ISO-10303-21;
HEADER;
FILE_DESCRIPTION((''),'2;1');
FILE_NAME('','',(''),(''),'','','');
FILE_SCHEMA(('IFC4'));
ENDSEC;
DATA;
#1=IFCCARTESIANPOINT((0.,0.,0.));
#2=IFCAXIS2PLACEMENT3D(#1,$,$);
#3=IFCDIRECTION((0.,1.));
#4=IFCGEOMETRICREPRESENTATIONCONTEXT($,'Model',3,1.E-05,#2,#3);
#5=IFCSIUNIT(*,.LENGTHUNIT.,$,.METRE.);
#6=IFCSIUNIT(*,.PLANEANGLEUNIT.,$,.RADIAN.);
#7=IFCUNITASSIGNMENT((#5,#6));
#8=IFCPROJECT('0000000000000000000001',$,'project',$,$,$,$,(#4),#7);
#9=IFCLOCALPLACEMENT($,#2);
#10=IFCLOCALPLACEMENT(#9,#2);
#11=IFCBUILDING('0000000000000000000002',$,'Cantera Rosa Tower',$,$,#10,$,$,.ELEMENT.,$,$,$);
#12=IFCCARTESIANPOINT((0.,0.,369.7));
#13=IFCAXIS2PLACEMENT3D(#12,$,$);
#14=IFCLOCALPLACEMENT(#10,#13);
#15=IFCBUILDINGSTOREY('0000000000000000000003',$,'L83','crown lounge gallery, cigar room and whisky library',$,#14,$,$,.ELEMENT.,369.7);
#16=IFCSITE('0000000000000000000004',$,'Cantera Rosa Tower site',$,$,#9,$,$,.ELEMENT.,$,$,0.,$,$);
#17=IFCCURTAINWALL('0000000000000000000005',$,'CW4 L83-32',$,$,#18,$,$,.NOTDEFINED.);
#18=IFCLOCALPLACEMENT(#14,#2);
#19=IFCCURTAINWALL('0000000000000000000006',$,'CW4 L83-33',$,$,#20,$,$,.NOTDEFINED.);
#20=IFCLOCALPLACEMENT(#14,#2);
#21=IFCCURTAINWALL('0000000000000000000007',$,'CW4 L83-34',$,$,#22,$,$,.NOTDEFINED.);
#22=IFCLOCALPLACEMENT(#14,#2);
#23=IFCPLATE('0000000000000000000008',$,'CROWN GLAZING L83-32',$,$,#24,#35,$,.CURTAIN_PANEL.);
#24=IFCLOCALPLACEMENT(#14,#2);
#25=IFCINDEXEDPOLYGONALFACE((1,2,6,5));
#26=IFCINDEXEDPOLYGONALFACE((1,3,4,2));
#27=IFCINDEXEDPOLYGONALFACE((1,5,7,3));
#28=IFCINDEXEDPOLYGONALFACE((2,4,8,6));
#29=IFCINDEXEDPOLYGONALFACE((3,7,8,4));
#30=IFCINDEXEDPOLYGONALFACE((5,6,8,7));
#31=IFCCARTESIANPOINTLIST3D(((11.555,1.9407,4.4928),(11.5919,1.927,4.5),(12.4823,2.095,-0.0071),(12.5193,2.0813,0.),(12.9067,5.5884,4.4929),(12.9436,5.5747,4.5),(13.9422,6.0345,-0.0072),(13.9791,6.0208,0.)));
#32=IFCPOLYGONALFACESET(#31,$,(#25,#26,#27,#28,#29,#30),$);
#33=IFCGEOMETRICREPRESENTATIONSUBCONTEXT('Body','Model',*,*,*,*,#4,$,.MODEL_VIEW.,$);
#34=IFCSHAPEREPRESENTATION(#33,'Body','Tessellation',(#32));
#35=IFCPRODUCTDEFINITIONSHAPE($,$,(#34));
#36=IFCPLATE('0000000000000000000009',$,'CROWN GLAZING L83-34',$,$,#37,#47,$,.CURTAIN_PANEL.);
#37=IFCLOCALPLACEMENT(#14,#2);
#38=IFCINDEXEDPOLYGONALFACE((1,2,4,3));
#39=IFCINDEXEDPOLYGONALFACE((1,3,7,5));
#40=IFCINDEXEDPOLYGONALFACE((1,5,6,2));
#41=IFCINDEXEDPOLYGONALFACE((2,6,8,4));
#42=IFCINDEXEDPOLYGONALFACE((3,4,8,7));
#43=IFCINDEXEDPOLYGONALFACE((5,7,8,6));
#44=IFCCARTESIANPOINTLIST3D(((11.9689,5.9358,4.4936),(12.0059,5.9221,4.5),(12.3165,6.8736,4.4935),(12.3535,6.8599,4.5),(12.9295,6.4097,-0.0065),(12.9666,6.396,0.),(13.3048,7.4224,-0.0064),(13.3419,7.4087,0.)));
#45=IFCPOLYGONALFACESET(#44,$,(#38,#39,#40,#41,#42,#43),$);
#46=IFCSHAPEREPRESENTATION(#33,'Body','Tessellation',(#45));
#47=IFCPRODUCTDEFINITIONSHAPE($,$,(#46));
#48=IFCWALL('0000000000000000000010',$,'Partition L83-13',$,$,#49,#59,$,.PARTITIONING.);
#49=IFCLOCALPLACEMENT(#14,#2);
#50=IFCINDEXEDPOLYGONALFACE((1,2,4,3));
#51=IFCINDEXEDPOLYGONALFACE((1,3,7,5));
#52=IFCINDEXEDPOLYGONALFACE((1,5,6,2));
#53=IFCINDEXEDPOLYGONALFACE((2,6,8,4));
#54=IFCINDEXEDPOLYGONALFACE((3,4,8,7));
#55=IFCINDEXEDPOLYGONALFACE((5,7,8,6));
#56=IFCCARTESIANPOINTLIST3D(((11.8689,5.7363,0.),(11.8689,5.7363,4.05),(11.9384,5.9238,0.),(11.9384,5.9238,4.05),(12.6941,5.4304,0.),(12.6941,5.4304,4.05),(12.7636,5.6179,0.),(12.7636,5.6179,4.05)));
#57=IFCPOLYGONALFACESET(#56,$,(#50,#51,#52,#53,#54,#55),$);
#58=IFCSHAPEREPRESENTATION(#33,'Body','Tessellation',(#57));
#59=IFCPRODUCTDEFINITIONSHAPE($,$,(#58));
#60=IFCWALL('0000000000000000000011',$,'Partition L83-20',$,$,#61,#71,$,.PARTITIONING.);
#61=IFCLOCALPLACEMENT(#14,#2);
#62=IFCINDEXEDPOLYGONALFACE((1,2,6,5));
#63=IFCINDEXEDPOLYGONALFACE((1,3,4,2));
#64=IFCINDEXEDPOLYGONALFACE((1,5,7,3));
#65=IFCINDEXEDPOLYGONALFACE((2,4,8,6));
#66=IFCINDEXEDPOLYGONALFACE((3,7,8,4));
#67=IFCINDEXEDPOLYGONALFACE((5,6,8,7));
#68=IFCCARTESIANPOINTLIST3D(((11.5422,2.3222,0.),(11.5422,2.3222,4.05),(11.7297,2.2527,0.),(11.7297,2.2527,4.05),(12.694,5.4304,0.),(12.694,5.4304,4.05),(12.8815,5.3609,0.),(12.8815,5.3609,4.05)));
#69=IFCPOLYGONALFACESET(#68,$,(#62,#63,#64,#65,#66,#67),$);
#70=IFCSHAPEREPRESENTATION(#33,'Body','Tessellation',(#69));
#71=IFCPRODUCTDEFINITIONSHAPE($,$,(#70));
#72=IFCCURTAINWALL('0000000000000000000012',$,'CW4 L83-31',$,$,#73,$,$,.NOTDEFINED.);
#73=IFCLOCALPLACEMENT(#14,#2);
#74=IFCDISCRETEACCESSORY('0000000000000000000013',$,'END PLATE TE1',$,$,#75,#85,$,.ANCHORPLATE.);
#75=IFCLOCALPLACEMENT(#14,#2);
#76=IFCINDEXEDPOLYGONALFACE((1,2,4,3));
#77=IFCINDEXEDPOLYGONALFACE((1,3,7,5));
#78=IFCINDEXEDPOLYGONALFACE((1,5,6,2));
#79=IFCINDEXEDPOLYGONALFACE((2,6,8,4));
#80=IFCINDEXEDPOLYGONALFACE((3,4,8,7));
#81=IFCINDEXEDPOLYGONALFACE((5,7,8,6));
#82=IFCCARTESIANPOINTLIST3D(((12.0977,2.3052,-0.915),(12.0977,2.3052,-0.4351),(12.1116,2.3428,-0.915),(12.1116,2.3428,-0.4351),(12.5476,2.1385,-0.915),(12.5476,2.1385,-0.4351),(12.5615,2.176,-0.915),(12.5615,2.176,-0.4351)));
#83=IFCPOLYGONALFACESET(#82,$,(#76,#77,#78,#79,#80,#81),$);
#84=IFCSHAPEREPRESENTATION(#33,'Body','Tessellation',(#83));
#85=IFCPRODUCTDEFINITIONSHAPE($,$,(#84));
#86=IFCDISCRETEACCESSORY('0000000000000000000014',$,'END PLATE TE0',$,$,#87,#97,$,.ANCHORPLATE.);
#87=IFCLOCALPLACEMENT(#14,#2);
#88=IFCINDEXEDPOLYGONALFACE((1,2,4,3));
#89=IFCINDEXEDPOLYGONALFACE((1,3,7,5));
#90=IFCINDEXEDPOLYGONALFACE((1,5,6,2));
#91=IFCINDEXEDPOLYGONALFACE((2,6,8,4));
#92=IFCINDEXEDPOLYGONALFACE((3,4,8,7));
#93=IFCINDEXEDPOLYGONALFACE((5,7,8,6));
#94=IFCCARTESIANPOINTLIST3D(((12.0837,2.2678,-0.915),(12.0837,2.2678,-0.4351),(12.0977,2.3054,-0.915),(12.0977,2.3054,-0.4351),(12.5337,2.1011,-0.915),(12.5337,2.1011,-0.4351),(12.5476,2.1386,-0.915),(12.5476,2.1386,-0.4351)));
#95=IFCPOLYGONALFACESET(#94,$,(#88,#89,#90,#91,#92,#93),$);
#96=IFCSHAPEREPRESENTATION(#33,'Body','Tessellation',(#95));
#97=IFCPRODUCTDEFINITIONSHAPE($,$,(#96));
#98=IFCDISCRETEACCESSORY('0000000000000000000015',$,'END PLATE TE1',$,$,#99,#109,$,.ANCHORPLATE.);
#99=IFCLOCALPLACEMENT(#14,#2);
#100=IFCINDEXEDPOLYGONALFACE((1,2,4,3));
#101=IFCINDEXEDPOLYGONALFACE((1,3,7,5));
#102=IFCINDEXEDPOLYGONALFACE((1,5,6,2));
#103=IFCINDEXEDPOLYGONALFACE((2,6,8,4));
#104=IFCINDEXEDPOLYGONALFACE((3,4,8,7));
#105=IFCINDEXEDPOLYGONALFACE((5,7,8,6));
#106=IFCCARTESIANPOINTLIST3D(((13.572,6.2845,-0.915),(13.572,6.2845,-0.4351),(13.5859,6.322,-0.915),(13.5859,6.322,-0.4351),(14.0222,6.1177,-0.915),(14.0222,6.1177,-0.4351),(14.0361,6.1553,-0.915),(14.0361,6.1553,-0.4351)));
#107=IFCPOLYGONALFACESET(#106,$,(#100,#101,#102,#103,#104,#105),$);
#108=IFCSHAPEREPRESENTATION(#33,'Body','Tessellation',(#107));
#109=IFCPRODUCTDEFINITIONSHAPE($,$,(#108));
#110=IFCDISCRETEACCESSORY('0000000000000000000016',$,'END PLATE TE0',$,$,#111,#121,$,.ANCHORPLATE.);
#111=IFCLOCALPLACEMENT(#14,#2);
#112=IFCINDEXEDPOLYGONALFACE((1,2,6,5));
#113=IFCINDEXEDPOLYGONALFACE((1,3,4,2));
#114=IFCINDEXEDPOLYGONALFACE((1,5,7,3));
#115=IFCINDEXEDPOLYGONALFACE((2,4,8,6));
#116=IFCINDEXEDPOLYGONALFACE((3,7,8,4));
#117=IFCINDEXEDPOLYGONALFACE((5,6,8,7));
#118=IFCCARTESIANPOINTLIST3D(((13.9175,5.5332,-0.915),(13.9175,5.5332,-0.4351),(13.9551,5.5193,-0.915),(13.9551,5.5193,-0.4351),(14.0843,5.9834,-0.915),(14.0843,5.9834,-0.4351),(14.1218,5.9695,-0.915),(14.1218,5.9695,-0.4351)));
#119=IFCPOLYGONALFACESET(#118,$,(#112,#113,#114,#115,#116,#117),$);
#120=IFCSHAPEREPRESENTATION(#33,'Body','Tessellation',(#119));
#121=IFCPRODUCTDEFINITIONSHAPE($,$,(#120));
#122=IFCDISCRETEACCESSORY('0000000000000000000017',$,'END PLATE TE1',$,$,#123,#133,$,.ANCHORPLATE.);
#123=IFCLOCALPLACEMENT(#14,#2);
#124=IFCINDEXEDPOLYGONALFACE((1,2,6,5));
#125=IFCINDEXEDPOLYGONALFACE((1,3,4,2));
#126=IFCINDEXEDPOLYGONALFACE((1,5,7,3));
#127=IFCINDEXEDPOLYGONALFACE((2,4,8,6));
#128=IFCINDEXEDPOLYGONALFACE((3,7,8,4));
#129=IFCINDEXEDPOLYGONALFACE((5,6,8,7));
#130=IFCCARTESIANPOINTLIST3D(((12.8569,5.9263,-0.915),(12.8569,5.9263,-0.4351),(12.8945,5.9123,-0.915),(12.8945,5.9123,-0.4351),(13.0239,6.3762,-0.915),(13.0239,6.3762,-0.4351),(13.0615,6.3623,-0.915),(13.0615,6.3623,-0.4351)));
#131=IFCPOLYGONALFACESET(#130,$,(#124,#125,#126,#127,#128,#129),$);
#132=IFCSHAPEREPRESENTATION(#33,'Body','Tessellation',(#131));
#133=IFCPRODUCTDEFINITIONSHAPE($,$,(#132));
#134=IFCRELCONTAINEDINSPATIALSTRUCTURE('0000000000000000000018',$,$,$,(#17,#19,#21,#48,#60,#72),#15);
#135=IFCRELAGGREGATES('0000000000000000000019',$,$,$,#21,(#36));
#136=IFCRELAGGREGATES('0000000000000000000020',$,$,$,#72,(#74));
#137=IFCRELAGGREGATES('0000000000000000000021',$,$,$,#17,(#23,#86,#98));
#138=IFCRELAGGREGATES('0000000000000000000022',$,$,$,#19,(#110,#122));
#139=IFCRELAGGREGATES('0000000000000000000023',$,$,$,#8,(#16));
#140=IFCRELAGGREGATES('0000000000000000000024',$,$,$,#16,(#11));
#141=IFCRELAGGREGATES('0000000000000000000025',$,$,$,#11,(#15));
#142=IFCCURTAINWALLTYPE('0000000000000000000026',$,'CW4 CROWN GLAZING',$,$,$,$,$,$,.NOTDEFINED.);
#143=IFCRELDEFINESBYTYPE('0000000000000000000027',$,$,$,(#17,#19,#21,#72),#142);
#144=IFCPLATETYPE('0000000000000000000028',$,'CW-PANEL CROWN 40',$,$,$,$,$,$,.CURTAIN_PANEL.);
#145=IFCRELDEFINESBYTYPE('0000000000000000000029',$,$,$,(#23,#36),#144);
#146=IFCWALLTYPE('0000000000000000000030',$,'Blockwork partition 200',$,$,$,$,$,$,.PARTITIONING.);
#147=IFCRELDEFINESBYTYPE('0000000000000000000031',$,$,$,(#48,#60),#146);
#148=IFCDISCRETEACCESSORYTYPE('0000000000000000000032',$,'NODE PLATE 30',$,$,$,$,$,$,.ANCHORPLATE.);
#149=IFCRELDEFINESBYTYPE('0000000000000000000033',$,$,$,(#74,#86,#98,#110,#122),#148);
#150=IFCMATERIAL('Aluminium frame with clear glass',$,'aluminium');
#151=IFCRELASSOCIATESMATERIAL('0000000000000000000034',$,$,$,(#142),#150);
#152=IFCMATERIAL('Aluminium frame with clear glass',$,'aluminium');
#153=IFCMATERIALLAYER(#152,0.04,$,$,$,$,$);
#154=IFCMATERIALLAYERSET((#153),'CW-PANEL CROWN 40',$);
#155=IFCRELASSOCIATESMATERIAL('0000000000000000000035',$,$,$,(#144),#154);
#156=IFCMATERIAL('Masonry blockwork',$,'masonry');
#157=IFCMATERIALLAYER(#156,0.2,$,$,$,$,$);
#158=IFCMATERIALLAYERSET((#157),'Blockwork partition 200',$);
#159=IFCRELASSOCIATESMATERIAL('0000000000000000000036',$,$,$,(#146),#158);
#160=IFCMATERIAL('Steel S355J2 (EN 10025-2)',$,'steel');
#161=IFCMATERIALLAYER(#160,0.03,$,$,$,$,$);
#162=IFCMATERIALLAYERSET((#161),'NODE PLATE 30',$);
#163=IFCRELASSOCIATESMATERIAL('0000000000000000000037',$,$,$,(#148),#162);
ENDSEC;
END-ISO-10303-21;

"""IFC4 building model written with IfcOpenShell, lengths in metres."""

from ifc_helpers import new_model, si_unit, direction, frame, frame_2d, origin, place, context, subcontext, project, spatial, polyline, rectangle, outline, extrude, material, layer, layer_set, type_object, element, aggregate, save


model = new_model("IFC4")

# Units and contexts
model_context = context("Model", 3, precision=1e-05, world=origin(), true_north=direction((0.0, 1.0)))
body_context = subcontext(model_context, "Body", "Model", "MODEL_VIEW")
ifc_project = project(units=[si_unit("LENGTHUNIT", "METRE"), si_unit("PLANEANGLEUNIT", "RADIAN")], contexts=[model_context])

# Site, building, storey
site_placement = place(None, origin())
site = spatial("IfcSite", under=ifc_project, at=site_placement, Name="Cantera Rosa Tower site", CompositionType="ELEMENT", RefElevation=0.0)
building_placement = place(site_placement, origin())
building = spatial("IfcBuilding", under=site, at=building_placement, Name="Cantera Rosa Tower", CompositionType="ELEMENT")
storey_placement = place(building_placement, frame((0.0, 0.0, 369.7)))
storey = spatial("IfcBuildingStorey", under=building, at=storey_placement, Name="L83", Description="crown lounge gallery, cigar room and whisky library", CompositionType="ELEMENT", Elevation=369.7)

# Curtain walls
ifc_material_1 = material(Name="Aluminium frame with clear glass", Category="aluminium")
curtain_wall_type = type_object("IfcCurtainWallType", Name="CW4 CROWN GLAZING", PredefinedType="NOTDEFINED", material=ifc_material_1)
curtain_wall_1_placement = place(storey_placement, origin())
curtain_wall_1 = element("IfcCurtainWall", 1, at=curtain_wall_1_placement, inside=storey, type_object=curtain_wall_type, Name="CW4 L83-32", PredefinedType="NOTDEFINED")
curtain_wall_2_placement = place(storey_placement, origin())
curtain_wall_2 = element("IfcCurtainWall", 2, at=curtain_wall_2_placement, inside=storey, type_object=curtain_wall_type, Name="CW4 L83-33", PredefinedType="NOTDEFINED")
curtain_wall_3_placement = place(storey_placement, origin())
curtain_wall_3 = element("IfcCurtainWall", 3, at=curtain_wall_3_placement, inside=storey, type_object=curtain_wall_type, Name="CW4 L83-34", PredefinedType="NOTDEFINED")

# Plates
ifc_material_2 = material(Name="Aluminium frame with clear glass", Category="aluminium")
ifc_layer_1 = layer(ifc_material_2, 0.04)
ifc_layer_set_1 = layer_set([ifc_layer_1], Name="CW-PANEL CROWN 40")
plate_type = type_object("IfcPlateType", Name="CW-PANEL CROWN 40", PredefinedType="CURTAIN_PANEL", material=ifc_layer_set_1)
plate_1_placement = place(storey_placement, frame((12.5193, 2.0813, 0.0), z_axis=(0.922644, -0.341898, 0.178421), x_axis=(0.347475, 0.937689, -0.000006)))
plate_1 = element("IfcPlate", 4, at=plate_1_placement, type_object=plate_type, Name="CROWN GLAZING L83-32", PredefinedType="CURTAIN_PANEL", context=body_context, shape_type="SweptSolid", body=[
    extrude(outline(polyline([(0.0, 0.0), (4.2013, 0.0), (3.4231, 4.5734), (-0.4669, 4.5734), (0.0, 0.0)])), origin(), (0.0, 0.0, -1.0), 0.04),
])
plate_2_placement = place(storey_placement, frame((12.9666, 6.396, 0.0), z_axis=(0.925372, -0.342975, 0.161418), x_axis=(0.34753, 0.937669, 0.000013)))
plate_2 = element("IfcPlate", 5, at=plate_2_placement, type_object=plate_type, Name="CROWN GLAZING L83-34", PredefinedType="CURTAIN_PANEL", context=body_context, shape_type="SweptSolid", body=[
    extrude(outline(polyline([(0.0, 0.0), (1.08, 0.0), (0.222, 4.5598), (-0.7781, 4.5598), (0.0, 0.0)])), origin(), (0.0, 0.0, -1.0), 0.04),
])
aggregate(curtain_wall_3, [plate_2])

# Walls
ifc_material_3 = material(Name="Masonry blockwork", Category="masonry")
ifc_layer_2 = layer(ifc_material_3, 0.2)
ifc_layer_set_2 = layer_set([ifc_layer_2], Name="Blockwork partition 200")
wall_type = type_object("IfcWallType", Name="Blockwork partition 200", PredefinedType="PARTITIONING", material=ifc_layer_set_2)
wall_1_placement = place(storey_placement, frame((12.7288, 5.5242, 0.0), z_axis=(0.0, 0.0, 1.0), x_axis=(-0.937645, 0.347594, 0.0)))
element("IfcWall", 6, at=wall_1_placement, inside=storey, type_object=wall_type, Name="Partition L83-13", PredefinedType="PARTITIONING", context=body_context, shape_type="SweptSolid", body=[
    extrude(rectangle(XDim=0.8801, YDim=0.2, at=frame_2d((0.4399, 0.0))), origin(), (0.0, 0.0, 1.0), 4.05),
])
wall_2_placement = place(storey_placement, frame((11.636, 2.2876, 0.0), z_axis=(0.0, 0.0, 1.0), x_axis=(0.347497, 0.937681, 0.0)))
element("IfcWall", 7, at=wall_2_placement, inside=storey, type_object=wall_type, Name="Partition L83-20", PredefinedType="PARTITIONING", context=body_context, shape_type="SweptSolid", body=[
    extrude(rectangle(XDim=3.3147, YDim=0.2, at=frame_2d((1.6572, 0.0))), origin(), (0.0, 0.0, 1.0), 4.05),
])

# Curtain wall, discrete accessory
curtain_wall_4_placement = place(storey_placement, origin())
curtain_wall_4 = element("IfcCurtainWall", 8, at=curtain_wall_4_placement, inside=storey, type_object=curtain_wall_type, Name="CW4 L83-31", PredefinedType="NOTDEFINED")
ifc_material_4 = material(Name="Steel S355J2 (EN 10025-2)", Category="steel")
ifc_layer_3 = layer(ifc_material_4, 0.03)
ifc_layer_set_3 = layer_set([ifc_layer_3], Name="NODE PLATE 30")
discrete_accessory_type = type_object("IfcDiscreteAccessoryType", Name="NODE PLATE 30", PredefinedType="ANCHORPLATE", material=ifc_layer_set_3)
discrete_accessory_1_placement = place(storey_placement, frame((12.1116, 2.3428, -0.4351), z_axis=(0.347497, 0.937681, 0.0), x_axis=(0.937681, -0.347497, 0.0)))
discrete_accessory_1 = element("IfcDiscreteAccessory", 9, at=discrete_accessory_1_placement, type_object=discrete_accessory_type, Name="END PLATE TE1", PredefinedType="ANCHORPLATE", context=body_context, shape_type="SweptSolid", body=[
    extrude(outline(polyline([(0.0, 0.0), (0.4799, 0.0), (0.4799, 0.48), (0.0, 0.48), (0.0, 0.0)])), origin(), (0.0, 0.0, -1.0), 0.04),
])
aggregate(curtain_wall_4, [discrete_accessory_1])

# Discrete accessories
discrete_accessory_2_placement = place(storey_placement, frame((12.5337, 2.1011, -0.4351), z_axis=(-0.347497, -0.937681, 0.0), x_axis=(-0.937681, 0.347497, 0.0)))
discrete_accessory_2 = element("IfcDiscreteAccessory", 10, at=discrete_accessory_2_placement, type_object=discrete_accessory_type, Name="END PLATE TE0", PredefinedType="ANCHORPLATE", context=body_context, shape_type="SweptSolid", body=[
    extrude(outline(polyline([(0.0, 0.0), (0.4799, 0.0), (0.4799, 0.48), (0.0, 0.48), (0.0, 0.0)])), origin(), (0.0, 0.0, -1.0), 0.04),
])
discrete_accessory_3_placement = place(storey_placement, frame((13.5859, 6.322, -0.4351), z_axis=(0.347331, 0.937743, 0.0), x_axis=(0.937743, -0.347331, 0.0)))
discrete_accessory_3 = element("IfcDiscreteAccessory", 11, at=discrete_accessory_3_placement, type_object=discrete_accessory_type, Name="END PLATE TE1", PredefinedType="ANCHORPLATE", context=body_context, shape_type="SweptSolid", body=[
    extrude(outline(polyline([(0.0, 0.0), (0.4801, 0.0), (0.4801, 0.48), (0.0, 0.48), (0.0, 0.0)])), origin(), (0.0, 0.0, -1.0), 0.04),
])
aggregate(curtain_wall_1, [plate_1, discrete_accessory_2, discrete_accessory_3])
discrete_accessory_4_placement = place(storey_placement, frame((14.1218, 5.9695, -0.4351), z_axis=(0.937743, -0.347331, 0.0), x_axis=(-0.347331, -0.937743, 0.0)))
discrete_accessory_4 = element("IfcDiscreteAccessory", 12, at=discrete_accessory_4_placement, type_object=discrete_accessory_type, Name="END PLATE TE0", PredefinedType="ANCHORPLATE", context=body_context, shape_type="SweptSolid", body=[
    extrude(outline(polyline([(0.0, 0.0), (0.4801, 0.0), (0.4801, 0.48), (0.0, 0.48), (0.0, 0.0)])), origin(), (0.0, 0.0, -1.0), 0.04),
])
discrete_accessory_5_placement = place(storey_placement, frame((12.8569, 5.9263, -0.4351), z_axis=(-0.937515, 0.347944, 0.0), x_axis=(0.347944, 0.937515, 0.0)))
discrete_accessory_5 = element("IfcDiscreteAccessory", 13, at=discrete_accessory_5_placement, type_object=discrete_accessory_type, Name="END PLATE TE1", PredefinedType="ANCHORPLATE", context=body_context, shape_type="SweptSolid", body=[
    extrude(outline(polyline([(0.0, 0.0), (0.4799, 0.0), (0.4799, 0.48), (0.0, 0.48), (0.0, 0.0)])), origin(), (0.0, 0.0, -1.0), 0.04),
])
aggregate(curtain_wall_2, [discrete_accessory_4, discrete_accessory_5])

save(model, "model.ifc")
